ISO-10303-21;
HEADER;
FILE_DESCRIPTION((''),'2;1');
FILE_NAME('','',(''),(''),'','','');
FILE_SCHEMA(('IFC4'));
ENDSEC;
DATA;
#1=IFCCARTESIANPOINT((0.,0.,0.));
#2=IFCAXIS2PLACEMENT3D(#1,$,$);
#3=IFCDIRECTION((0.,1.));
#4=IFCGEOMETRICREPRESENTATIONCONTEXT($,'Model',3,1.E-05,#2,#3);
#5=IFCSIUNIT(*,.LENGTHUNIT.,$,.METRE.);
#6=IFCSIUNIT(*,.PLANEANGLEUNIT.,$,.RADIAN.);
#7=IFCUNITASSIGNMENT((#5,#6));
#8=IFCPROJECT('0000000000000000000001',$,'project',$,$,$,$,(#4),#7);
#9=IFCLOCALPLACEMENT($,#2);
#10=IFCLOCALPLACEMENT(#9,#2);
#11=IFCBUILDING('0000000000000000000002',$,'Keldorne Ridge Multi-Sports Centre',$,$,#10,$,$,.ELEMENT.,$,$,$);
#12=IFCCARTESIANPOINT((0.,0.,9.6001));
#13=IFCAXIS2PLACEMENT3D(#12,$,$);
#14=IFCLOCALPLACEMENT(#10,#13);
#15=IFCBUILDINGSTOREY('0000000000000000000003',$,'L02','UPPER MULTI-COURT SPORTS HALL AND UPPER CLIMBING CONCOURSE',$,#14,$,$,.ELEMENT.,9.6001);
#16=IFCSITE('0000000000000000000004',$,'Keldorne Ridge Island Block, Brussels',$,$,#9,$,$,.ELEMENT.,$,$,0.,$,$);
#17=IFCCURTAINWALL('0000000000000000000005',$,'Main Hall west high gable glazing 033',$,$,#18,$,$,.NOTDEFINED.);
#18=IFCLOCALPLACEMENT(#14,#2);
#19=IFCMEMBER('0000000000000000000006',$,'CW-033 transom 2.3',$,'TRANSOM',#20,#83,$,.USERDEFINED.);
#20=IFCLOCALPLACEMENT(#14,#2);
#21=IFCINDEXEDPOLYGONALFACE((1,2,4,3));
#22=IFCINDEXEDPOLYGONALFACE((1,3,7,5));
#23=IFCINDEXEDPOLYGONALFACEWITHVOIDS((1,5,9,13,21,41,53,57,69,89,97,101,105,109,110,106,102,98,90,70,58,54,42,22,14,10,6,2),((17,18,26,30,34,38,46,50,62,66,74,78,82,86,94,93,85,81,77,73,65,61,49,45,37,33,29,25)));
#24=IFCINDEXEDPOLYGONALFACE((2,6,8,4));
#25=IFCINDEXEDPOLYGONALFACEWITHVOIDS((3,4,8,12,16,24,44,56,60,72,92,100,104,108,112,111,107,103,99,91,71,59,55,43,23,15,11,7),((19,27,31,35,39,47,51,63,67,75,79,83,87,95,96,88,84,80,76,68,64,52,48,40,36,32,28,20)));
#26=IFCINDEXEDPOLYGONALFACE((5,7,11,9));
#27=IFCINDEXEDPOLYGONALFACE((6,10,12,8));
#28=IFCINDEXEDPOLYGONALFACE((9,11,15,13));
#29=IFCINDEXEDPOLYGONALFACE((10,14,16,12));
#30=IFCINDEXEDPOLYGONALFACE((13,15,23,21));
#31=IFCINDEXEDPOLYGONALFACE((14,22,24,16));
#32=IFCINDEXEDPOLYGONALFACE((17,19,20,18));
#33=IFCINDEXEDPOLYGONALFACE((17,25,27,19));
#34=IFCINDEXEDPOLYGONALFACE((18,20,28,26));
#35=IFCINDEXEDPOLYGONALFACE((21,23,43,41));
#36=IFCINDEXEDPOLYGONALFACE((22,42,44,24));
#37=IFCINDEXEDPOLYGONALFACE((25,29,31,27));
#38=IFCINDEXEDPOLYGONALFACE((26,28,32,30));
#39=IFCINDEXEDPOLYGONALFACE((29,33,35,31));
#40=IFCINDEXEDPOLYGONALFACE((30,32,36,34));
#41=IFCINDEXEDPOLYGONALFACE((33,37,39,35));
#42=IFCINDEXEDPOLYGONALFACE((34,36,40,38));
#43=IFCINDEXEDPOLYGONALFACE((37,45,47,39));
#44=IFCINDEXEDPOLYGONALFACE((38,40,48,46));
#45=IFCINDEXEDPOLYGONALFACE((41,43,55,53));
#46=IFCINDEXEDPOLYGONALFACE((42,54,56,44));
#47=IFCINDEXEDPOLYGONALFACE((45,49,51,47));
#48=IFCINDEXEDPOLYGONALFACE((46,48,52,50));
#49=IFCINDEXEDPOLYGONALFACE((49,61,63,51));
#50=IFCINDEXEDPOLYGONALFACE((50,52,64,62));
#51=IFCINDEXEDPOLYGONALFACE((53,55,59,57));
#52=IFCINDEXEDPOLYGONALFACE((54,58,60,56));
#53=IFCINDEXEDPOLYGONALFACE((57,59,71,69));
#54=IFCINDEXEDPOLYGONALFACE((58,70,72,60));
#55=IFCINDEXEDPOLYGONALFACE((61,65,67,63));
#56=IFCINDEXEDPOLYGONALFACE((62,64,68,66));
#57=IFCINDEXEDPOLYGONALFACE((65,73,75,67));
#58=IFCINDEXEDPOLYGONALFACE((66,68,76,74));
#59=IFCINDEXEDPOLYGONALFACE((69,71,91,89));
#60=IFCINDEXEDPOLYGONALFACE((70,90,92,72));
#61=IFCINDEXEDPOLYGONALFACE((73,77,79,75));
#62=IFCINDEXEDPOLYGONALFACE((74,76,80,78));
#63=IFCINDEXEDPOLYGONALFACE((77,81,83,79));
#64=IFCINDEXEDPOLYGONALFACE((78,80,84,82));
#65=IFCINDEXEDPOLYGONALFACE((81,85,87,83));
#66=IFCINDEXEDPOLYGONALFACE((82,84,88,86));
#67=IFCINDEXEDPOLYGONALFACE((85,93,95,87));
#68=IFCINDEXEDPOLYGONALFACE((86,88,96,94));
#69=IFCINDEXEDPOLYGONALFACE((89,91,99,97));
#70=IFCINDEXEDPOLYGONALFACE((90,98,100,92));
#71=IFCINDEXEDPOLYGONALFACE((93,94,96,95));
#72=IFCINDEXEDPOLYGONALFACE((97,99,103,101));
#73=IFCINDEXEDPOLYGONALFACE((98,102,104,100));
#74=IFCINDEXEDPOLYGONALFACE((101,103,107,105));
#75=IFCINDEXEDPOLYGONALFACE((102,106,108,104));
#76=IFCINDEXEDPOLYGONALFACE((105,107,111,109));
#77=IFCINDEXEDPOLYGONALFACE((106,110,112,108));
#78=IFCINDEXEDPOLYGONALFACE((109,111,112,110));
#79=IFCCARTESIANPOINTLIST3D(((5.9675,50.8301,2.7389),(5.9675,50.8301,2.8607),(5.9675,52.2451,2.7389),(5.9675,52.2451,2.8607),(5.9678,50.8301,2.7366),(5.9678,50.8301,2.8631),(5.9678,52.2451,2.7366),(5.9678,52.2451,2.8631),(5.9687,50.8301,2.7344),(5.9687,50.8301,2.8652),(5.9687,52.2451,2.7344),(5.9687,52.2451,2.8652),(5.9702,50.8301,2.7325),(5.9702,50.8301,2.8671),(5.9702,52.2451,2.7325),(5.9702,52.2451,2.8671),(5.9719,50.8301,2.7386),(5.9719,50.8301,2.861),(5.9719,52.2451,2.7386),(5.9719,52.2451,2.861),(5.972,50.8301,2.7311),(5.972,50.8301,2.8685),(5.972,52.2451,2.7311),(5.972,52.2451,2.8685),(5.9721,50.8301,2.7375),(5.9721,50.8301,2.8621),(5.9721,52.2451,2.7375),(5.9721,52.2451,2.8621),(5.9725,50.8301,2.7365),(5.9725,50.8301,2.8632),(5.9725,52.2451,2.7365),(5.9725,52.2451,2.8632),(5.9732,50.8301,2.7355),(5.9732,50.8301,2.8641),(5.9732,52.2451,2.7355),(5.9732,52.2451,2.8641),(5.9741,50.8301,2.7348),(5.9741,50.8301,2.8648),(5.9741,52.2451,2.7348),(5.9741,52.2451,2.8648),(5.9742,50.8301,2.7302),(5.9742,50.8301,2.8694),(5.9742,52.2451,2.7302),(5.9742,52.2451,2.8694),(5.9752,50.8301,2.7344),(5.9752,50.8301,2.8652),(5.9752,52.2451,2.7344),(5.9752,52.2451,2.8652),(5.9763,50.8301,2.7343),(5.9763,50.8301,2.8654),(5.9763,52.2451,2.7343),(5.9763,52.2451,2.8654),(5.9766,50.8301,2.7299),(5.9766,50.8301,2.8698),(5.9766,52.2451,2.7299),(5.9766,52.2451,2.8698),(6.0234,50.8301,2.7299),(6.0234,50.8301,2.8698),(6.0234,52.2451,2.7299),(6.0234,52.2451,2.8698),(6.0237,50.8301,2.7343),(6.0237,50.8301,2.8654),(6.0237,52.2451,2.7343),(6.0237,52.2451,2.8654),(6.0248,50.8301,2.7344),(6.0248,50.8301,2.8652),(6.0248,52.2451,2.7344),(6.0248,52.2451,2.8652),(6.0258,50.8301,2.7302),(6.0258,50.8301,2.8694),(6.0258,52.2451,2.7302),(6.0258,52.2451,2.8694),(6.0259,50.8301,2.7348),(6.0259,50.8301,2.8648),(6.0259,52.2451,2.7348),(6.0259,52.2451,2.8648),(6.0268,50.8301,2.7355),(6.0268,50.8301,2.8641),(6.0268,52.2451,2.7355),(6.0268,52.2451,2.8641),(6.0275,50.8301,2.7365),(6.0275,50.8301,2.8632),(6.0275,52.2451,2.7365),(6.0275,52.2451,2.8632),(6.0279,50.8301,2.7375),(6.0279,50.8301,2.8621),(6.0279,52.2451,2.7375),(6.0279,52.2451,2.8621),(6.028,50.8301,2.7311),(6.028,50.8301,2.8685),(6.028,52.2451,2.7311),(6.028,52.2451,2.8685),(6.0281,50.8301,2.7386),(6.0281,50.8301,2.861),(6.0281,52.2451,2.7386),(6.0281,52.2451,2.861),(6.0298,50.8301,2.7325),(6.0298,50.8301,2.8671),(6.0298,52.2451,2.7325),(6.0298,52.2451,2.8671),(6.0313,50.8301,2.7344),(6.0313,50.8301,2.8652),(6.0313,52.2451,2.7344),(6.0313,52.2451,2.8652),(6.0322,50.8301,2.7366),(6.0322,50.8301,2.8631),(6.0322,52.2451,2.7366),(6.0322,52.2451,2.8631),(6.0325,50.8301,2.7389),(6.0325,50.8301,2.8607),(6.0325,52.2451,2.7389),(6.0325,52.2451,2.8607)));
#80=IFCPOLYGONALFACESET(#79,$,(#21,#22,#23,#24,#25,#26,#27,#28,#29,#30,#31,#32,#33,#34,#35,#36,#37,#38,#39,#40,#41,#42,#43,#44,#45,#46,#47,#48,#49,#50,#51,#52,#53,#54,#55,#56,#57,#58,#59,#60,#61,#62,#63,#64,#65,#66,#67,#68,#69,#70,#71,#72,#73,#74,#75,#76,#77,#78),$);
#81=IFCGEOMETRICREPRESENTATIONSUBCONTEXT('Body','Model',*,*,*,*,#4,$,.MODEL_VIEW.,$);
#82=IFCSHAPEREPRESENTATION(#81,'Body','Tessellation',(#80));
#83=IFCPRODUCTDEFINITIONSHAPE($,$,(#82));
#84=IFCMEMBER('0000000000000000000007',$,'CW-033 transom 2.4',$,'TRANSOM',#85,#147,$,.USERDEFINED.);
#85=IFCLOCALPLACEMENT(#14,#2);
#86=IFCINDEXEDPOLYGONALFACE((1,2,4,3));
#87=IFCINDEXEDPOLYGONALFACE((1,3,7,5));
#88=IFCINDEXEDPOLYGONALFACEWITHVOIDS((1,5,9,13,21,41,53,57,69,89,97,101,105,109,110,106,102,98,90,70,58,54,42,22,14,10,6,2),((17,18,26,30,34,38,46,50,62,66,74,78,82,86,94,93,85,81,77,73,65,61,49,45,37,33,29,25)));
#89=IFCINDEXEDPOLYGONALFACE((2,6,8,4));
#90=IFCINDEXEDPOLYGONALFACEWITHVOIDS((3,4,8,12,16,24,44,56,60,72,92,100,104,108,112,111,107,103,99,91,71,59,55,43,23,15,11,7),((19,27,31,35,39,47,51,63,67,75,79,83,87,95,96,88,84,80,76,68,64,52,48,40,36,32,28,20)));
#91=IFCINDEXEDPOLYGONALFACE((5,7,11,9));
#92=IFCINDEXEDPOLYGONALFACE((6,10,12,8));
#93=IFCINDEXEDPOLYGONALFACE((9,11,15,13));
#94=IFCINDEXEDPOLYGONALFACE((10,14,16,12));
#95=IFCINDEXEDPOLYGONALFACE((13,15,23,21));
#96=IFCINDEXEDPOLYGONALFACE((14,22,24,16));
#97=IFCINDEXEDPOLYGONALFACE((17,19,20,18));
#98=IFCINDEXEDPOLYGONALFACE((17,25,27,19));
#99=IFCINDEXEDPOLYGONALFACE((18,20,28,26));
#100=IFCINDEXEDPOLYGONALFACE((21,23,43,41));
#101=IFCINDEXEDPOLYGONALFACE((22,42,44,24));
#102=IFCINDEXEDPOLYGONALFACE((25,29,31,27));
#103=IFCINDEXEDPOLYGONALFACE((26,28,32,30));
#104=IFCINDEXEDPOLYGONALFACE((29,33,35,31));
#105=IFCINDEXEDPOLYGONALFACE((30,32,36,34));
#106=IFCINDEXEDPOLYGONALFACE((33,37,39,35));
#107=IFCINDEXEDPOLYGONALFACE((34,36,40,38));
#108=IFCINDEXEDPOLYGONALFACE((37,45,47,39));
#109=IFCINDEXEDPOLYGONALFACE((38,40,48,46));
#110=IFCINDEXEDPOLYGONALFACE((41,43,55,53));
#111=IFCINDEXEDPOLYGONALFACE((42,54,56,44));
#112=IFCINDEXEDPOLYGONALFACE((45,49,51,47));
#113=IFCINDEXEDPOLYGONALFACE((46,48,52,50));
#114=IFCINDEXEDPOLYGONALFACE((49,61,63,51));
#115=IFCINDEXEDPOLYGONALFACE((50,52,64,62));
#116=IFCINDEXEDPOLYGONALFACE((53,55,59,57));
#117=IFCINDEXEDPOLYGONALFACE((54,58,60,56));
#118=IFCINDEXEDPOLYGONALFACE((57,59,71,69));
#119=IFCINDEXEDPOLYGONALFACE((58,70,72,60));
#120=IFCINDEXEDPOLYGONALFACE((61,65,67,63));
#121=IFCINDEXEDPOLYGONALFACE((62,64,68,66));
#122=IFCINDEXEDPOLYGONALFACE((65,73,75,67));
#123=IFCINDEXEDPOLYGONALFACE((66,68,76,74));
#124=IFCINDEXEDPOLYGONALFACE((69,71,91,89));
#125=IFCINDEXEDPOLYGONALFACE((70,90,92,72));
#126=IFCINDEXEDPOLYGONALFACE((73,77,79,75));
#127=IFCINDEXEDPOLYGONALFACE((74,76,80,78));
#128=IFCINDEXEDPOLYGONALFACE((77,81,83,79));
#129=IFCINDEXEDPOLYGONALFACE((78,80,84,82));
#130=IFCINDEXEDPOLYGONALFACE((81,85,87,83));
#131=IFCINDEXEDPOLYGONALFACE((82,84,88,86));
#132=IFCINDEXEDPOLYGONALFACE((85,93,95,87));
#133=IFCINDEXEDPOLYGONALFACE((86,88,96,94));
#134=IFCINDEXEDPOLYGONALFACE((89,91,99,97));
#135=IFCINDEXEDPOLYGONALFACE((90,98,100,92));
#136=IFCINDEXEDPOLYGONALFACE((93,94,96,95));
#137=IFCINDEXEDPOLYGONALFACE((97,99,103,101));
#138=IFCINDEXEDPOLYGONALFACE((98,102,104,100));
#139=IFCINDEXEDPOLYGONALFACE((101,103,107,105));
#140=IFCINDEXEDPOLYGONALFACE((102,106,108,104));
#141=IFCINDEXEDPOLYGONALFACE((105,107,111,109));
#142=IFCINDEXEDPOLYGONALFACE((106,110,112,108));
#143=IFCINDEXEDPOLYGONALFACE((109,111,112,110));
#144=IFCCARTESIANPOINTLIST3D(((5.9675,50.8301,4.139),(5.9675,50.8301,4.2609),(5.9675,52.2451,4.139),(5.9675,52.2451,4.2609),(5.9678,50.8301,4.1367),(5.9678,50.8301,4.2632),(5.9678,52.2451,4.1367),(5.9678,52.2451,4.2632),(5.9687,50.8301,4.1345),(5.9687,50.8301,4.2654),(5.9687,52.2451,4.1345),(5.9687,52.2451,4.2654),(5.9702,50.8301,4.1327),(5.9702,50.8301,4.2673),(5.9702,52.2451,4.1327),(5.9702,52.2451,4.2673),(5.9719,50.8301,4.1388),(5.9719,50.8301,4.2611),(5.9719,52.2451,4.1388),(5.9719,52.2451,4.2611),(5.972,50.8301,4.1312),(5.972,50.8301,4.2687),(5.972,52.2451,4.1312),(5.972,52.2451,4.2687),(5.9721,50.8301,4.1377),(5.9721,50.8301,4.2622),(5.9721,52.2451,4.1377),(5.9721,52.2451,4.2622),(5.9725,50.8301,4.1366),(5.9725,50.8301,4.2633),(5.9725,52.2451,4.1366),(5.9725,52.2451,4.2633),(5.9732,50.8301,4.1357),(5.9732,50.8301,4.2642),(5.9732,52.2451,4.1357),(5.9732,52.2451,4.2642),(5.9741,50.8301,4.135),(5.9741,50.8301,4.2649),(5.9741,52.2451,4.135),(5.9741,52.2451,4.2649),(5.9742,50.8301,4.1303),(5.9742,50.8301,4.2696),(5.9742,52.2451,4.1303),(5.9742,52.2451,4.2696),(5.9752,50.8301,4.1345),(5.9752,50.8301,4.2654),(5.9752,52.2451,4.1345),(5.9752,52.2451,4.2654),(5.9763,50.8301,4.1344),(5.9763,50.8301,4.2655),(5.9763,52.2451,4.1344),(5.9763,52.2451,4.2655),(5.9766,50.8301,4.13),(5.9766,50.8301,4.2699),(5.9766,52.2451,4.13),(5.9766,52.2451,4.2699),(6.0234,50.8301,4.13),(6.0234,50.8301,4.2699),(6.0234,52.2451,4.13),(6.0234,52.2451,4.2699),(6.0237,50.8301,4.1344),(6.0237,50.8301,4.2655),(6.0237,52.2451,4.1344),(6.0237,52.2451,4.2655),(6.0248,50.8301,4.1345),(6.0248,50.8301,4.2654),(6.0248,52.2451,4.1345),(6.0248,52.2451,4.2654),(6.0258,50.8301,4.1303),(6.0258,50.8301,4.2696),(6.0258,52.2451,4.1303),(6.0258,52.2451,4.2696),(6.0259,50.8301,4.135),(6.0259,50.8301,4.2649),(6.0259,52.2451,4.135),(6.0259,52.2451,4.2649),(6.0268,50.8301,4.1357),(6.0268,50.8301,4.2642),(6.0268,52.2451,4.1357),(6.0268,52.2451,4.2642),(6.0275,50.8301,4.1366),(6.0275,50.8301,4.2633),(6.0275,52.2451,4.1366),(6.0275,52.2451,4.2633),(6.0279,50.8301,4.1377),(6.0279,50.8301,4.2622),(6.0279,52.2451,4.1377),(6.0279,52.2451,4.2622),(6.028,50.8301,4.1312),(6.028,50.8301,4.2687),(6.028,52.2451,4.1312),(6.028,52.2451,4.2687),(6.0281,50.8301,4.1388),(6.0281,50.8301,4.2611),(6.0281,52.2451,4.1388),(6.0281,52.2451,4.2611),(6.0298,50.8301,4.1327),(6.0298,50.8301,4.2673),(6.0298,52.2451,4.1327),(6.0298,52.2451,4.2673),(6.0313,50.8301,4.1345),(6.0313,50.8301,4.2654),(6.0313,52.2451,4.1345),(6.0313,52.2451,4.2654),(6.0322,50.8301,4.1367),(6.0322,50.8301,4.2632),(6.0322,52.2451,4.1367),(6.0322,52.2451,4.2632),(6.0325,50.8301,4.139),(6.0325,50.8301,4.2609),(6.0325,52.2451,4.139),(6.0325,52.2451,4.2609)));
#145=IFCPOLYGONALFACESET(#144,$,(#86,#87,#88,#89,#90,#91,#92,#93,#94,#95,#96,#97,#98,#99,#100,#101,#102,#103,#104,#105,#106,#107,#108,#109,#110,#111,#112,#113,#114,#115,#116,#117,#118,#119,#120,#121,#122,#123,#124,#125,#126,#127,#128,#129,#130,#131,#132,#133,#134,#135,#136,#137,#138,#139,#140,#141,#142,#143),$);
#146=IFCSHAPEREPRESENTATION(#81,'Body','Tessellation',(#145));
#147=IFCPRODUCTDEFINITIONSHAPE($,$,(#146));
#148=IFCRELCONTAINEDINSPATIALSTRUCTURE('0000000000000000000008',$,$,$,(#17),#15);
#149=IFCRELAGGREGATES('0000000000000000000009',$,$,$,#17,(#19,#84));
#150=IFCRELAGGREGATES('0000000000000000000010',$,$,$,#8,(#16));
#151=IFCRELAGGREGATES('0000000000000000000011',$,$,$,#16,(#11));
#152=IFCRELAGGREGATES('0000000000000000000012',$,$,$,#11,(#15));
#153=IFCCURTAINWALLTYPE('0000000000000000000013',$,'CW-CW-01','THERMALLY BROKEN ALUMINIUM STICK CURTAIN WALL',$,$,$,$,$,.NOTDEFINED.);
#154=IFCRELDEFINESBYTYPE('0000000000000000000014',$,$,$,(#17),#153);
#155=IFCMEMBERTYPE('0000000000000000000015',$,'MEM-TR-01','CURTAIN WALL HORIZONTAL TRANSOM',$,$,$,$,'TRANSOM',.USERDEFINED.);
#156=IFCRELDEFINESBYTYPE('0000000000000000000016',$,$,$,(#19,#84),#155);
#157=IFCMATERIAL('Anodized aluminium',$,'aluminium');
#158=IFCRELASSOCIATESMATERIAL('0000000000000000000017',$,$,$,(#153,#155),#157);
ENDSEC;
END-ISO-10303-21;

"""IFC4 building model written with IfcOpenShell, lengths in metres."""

from ifc_helpers import new_model, si_unit, direction, frame, origin, origin_2d, place, context, subcontext, project, spatial, hollow_rectangle, extrude, material, material_profile, profile_set, type_object, element, aggregate, save


model = new_model("IFC4")

# Units and contexts
model_context = context("Model", 3, precision=1e-05, world=origin(), true_north=direction((0.0, 1.0)))
body_context = subcontext(model_context, "Body", "Model", "MODEL_VIEW")
ifc_project = project(units=[si_unit("LENGTHUNIT", "METRE"), si_unit("PLANEANGLEUNIT", "RADIAN")], contexts=[model_context])

# Site, building, storey
site_placement = place(None, origin())
site = spatial("IfcSite", under=ifc_project, at=site_placement, Name="Keldorne Ridge Island Block, Brussels", CompositionType="ELEMENT", RefElevation=0.0)
building_placement = place(site_placement, origin())
building = spatial("IfcBuilding", under=site, at=building_placement, Name="Keldorne Ridge Multi-Sports Centre", CompositionType="ELEMENT")
storey_placement = place(building_placement, frame((0.0, 0.0, 9.6001)))
storey = spatial("IfcBuildingStorey", under=building, at=storey_placement, Name="L02", Description="UPPER MULTI-COURT SPORTS HALL AND UPPER CLIMBING CONCOURSE", CompositionType="ELEMENT", Elevation=9.6001)

# Curtain wall
ifc_material_1 = material(Name="Anodized aluminium", Category="aluminium")
curtain_wall_type_1 = type_object("IfcCurtainWallType", Name="CW-CW-01", Description="THERMALLY BROKEN ALUMINIUM STICK CURTAIN WALL", PredefinedType="NOTDEFINED", material=ifc_material_1)
curtain_wall_1_placement = place(storey_placement, origin())
curtain_wall_1 = element("IfcCurtainWall", 1, at=curtain_wall_1_placement, inside=storey, type_object=curtain_wall_type_1, Name="Main Hall west high gable glazing 033", PredefinedType="NOTDEFINED")

# Members
ifc_material_profile_1 = material_profile(ifc_material_1, hollow_rectangle(XDim=0.0649, YDim=0.1399, WallThickness=0.0044, InnerFilletRadius=0.0044, OuterFilletRadius=0.009, at=origin_2d()), Name="ALU TRANSOM 140x65x4.5")
ifc_profile_set_1 = profile_set([ifc_material_profile_1], Name="Anodized aluminium")
member_type_1 = type_object("IfcMemberType", Name="MEM-TR-01", Description="CURTAIN WALL HORIZONTAL TRANSOM", ElementType="TRANSOM", PredefinedType="USERDEFINED", material=ifc_profile_set_1)
member_1_placement = place(storey_placement, frame((6.0, 52.2451, 2.7998), z_axis=(0.0, -1.0, 0.0), x_axis=(1.0, 0.0, 0.0)))
member_1 = element("IfcMember", 2, at=member_1_placement, type_object=member_type_1, Name="CW-033 transom 2.3", ObjectType="TRANSOM", PredefinedType="USERDEFINED", context=body_context, shape_type="SweptSolid", body=[
    extrude(hollow_rectangle(XDim=0.0649, YDim=0.1399, WallThickness=0.0044, InnerFilletRadius=0.0044, OuterFilletRadius=0.009, at=origin_2d()), origin(), (0.0, 0.0, 1.0), 1.415),
])
member_2_placement = place(storey_placement, frame((6.0, 52.2451, 4.2), z_axis=(0.0, -1.0, 0.0), x_axis=(1.0, 0.0, 0.0)))
member_2 = element("IfcMember", 3, at=member_2_placement, type_object=member_type_1, Name="CW-033 transom 2.4", ObjectType="TRANSOM", PredefinedType="USERDEFINED", context=body_context, shape_type="SweptSolid", body=[
    extrude(hollow_rectangle(XDim=0.0649, YDim=0.1399, WallThickness=0.0044, InnerFilletRadius=0.0044, OuterFilletRadius=0.009, at=origin_2d()), origin(), (0.0, 0.0, 1.0), 1.415),
])

aggregate(curtain_wall_1, [member_1, member_2])

save(model, "model.ifc")
